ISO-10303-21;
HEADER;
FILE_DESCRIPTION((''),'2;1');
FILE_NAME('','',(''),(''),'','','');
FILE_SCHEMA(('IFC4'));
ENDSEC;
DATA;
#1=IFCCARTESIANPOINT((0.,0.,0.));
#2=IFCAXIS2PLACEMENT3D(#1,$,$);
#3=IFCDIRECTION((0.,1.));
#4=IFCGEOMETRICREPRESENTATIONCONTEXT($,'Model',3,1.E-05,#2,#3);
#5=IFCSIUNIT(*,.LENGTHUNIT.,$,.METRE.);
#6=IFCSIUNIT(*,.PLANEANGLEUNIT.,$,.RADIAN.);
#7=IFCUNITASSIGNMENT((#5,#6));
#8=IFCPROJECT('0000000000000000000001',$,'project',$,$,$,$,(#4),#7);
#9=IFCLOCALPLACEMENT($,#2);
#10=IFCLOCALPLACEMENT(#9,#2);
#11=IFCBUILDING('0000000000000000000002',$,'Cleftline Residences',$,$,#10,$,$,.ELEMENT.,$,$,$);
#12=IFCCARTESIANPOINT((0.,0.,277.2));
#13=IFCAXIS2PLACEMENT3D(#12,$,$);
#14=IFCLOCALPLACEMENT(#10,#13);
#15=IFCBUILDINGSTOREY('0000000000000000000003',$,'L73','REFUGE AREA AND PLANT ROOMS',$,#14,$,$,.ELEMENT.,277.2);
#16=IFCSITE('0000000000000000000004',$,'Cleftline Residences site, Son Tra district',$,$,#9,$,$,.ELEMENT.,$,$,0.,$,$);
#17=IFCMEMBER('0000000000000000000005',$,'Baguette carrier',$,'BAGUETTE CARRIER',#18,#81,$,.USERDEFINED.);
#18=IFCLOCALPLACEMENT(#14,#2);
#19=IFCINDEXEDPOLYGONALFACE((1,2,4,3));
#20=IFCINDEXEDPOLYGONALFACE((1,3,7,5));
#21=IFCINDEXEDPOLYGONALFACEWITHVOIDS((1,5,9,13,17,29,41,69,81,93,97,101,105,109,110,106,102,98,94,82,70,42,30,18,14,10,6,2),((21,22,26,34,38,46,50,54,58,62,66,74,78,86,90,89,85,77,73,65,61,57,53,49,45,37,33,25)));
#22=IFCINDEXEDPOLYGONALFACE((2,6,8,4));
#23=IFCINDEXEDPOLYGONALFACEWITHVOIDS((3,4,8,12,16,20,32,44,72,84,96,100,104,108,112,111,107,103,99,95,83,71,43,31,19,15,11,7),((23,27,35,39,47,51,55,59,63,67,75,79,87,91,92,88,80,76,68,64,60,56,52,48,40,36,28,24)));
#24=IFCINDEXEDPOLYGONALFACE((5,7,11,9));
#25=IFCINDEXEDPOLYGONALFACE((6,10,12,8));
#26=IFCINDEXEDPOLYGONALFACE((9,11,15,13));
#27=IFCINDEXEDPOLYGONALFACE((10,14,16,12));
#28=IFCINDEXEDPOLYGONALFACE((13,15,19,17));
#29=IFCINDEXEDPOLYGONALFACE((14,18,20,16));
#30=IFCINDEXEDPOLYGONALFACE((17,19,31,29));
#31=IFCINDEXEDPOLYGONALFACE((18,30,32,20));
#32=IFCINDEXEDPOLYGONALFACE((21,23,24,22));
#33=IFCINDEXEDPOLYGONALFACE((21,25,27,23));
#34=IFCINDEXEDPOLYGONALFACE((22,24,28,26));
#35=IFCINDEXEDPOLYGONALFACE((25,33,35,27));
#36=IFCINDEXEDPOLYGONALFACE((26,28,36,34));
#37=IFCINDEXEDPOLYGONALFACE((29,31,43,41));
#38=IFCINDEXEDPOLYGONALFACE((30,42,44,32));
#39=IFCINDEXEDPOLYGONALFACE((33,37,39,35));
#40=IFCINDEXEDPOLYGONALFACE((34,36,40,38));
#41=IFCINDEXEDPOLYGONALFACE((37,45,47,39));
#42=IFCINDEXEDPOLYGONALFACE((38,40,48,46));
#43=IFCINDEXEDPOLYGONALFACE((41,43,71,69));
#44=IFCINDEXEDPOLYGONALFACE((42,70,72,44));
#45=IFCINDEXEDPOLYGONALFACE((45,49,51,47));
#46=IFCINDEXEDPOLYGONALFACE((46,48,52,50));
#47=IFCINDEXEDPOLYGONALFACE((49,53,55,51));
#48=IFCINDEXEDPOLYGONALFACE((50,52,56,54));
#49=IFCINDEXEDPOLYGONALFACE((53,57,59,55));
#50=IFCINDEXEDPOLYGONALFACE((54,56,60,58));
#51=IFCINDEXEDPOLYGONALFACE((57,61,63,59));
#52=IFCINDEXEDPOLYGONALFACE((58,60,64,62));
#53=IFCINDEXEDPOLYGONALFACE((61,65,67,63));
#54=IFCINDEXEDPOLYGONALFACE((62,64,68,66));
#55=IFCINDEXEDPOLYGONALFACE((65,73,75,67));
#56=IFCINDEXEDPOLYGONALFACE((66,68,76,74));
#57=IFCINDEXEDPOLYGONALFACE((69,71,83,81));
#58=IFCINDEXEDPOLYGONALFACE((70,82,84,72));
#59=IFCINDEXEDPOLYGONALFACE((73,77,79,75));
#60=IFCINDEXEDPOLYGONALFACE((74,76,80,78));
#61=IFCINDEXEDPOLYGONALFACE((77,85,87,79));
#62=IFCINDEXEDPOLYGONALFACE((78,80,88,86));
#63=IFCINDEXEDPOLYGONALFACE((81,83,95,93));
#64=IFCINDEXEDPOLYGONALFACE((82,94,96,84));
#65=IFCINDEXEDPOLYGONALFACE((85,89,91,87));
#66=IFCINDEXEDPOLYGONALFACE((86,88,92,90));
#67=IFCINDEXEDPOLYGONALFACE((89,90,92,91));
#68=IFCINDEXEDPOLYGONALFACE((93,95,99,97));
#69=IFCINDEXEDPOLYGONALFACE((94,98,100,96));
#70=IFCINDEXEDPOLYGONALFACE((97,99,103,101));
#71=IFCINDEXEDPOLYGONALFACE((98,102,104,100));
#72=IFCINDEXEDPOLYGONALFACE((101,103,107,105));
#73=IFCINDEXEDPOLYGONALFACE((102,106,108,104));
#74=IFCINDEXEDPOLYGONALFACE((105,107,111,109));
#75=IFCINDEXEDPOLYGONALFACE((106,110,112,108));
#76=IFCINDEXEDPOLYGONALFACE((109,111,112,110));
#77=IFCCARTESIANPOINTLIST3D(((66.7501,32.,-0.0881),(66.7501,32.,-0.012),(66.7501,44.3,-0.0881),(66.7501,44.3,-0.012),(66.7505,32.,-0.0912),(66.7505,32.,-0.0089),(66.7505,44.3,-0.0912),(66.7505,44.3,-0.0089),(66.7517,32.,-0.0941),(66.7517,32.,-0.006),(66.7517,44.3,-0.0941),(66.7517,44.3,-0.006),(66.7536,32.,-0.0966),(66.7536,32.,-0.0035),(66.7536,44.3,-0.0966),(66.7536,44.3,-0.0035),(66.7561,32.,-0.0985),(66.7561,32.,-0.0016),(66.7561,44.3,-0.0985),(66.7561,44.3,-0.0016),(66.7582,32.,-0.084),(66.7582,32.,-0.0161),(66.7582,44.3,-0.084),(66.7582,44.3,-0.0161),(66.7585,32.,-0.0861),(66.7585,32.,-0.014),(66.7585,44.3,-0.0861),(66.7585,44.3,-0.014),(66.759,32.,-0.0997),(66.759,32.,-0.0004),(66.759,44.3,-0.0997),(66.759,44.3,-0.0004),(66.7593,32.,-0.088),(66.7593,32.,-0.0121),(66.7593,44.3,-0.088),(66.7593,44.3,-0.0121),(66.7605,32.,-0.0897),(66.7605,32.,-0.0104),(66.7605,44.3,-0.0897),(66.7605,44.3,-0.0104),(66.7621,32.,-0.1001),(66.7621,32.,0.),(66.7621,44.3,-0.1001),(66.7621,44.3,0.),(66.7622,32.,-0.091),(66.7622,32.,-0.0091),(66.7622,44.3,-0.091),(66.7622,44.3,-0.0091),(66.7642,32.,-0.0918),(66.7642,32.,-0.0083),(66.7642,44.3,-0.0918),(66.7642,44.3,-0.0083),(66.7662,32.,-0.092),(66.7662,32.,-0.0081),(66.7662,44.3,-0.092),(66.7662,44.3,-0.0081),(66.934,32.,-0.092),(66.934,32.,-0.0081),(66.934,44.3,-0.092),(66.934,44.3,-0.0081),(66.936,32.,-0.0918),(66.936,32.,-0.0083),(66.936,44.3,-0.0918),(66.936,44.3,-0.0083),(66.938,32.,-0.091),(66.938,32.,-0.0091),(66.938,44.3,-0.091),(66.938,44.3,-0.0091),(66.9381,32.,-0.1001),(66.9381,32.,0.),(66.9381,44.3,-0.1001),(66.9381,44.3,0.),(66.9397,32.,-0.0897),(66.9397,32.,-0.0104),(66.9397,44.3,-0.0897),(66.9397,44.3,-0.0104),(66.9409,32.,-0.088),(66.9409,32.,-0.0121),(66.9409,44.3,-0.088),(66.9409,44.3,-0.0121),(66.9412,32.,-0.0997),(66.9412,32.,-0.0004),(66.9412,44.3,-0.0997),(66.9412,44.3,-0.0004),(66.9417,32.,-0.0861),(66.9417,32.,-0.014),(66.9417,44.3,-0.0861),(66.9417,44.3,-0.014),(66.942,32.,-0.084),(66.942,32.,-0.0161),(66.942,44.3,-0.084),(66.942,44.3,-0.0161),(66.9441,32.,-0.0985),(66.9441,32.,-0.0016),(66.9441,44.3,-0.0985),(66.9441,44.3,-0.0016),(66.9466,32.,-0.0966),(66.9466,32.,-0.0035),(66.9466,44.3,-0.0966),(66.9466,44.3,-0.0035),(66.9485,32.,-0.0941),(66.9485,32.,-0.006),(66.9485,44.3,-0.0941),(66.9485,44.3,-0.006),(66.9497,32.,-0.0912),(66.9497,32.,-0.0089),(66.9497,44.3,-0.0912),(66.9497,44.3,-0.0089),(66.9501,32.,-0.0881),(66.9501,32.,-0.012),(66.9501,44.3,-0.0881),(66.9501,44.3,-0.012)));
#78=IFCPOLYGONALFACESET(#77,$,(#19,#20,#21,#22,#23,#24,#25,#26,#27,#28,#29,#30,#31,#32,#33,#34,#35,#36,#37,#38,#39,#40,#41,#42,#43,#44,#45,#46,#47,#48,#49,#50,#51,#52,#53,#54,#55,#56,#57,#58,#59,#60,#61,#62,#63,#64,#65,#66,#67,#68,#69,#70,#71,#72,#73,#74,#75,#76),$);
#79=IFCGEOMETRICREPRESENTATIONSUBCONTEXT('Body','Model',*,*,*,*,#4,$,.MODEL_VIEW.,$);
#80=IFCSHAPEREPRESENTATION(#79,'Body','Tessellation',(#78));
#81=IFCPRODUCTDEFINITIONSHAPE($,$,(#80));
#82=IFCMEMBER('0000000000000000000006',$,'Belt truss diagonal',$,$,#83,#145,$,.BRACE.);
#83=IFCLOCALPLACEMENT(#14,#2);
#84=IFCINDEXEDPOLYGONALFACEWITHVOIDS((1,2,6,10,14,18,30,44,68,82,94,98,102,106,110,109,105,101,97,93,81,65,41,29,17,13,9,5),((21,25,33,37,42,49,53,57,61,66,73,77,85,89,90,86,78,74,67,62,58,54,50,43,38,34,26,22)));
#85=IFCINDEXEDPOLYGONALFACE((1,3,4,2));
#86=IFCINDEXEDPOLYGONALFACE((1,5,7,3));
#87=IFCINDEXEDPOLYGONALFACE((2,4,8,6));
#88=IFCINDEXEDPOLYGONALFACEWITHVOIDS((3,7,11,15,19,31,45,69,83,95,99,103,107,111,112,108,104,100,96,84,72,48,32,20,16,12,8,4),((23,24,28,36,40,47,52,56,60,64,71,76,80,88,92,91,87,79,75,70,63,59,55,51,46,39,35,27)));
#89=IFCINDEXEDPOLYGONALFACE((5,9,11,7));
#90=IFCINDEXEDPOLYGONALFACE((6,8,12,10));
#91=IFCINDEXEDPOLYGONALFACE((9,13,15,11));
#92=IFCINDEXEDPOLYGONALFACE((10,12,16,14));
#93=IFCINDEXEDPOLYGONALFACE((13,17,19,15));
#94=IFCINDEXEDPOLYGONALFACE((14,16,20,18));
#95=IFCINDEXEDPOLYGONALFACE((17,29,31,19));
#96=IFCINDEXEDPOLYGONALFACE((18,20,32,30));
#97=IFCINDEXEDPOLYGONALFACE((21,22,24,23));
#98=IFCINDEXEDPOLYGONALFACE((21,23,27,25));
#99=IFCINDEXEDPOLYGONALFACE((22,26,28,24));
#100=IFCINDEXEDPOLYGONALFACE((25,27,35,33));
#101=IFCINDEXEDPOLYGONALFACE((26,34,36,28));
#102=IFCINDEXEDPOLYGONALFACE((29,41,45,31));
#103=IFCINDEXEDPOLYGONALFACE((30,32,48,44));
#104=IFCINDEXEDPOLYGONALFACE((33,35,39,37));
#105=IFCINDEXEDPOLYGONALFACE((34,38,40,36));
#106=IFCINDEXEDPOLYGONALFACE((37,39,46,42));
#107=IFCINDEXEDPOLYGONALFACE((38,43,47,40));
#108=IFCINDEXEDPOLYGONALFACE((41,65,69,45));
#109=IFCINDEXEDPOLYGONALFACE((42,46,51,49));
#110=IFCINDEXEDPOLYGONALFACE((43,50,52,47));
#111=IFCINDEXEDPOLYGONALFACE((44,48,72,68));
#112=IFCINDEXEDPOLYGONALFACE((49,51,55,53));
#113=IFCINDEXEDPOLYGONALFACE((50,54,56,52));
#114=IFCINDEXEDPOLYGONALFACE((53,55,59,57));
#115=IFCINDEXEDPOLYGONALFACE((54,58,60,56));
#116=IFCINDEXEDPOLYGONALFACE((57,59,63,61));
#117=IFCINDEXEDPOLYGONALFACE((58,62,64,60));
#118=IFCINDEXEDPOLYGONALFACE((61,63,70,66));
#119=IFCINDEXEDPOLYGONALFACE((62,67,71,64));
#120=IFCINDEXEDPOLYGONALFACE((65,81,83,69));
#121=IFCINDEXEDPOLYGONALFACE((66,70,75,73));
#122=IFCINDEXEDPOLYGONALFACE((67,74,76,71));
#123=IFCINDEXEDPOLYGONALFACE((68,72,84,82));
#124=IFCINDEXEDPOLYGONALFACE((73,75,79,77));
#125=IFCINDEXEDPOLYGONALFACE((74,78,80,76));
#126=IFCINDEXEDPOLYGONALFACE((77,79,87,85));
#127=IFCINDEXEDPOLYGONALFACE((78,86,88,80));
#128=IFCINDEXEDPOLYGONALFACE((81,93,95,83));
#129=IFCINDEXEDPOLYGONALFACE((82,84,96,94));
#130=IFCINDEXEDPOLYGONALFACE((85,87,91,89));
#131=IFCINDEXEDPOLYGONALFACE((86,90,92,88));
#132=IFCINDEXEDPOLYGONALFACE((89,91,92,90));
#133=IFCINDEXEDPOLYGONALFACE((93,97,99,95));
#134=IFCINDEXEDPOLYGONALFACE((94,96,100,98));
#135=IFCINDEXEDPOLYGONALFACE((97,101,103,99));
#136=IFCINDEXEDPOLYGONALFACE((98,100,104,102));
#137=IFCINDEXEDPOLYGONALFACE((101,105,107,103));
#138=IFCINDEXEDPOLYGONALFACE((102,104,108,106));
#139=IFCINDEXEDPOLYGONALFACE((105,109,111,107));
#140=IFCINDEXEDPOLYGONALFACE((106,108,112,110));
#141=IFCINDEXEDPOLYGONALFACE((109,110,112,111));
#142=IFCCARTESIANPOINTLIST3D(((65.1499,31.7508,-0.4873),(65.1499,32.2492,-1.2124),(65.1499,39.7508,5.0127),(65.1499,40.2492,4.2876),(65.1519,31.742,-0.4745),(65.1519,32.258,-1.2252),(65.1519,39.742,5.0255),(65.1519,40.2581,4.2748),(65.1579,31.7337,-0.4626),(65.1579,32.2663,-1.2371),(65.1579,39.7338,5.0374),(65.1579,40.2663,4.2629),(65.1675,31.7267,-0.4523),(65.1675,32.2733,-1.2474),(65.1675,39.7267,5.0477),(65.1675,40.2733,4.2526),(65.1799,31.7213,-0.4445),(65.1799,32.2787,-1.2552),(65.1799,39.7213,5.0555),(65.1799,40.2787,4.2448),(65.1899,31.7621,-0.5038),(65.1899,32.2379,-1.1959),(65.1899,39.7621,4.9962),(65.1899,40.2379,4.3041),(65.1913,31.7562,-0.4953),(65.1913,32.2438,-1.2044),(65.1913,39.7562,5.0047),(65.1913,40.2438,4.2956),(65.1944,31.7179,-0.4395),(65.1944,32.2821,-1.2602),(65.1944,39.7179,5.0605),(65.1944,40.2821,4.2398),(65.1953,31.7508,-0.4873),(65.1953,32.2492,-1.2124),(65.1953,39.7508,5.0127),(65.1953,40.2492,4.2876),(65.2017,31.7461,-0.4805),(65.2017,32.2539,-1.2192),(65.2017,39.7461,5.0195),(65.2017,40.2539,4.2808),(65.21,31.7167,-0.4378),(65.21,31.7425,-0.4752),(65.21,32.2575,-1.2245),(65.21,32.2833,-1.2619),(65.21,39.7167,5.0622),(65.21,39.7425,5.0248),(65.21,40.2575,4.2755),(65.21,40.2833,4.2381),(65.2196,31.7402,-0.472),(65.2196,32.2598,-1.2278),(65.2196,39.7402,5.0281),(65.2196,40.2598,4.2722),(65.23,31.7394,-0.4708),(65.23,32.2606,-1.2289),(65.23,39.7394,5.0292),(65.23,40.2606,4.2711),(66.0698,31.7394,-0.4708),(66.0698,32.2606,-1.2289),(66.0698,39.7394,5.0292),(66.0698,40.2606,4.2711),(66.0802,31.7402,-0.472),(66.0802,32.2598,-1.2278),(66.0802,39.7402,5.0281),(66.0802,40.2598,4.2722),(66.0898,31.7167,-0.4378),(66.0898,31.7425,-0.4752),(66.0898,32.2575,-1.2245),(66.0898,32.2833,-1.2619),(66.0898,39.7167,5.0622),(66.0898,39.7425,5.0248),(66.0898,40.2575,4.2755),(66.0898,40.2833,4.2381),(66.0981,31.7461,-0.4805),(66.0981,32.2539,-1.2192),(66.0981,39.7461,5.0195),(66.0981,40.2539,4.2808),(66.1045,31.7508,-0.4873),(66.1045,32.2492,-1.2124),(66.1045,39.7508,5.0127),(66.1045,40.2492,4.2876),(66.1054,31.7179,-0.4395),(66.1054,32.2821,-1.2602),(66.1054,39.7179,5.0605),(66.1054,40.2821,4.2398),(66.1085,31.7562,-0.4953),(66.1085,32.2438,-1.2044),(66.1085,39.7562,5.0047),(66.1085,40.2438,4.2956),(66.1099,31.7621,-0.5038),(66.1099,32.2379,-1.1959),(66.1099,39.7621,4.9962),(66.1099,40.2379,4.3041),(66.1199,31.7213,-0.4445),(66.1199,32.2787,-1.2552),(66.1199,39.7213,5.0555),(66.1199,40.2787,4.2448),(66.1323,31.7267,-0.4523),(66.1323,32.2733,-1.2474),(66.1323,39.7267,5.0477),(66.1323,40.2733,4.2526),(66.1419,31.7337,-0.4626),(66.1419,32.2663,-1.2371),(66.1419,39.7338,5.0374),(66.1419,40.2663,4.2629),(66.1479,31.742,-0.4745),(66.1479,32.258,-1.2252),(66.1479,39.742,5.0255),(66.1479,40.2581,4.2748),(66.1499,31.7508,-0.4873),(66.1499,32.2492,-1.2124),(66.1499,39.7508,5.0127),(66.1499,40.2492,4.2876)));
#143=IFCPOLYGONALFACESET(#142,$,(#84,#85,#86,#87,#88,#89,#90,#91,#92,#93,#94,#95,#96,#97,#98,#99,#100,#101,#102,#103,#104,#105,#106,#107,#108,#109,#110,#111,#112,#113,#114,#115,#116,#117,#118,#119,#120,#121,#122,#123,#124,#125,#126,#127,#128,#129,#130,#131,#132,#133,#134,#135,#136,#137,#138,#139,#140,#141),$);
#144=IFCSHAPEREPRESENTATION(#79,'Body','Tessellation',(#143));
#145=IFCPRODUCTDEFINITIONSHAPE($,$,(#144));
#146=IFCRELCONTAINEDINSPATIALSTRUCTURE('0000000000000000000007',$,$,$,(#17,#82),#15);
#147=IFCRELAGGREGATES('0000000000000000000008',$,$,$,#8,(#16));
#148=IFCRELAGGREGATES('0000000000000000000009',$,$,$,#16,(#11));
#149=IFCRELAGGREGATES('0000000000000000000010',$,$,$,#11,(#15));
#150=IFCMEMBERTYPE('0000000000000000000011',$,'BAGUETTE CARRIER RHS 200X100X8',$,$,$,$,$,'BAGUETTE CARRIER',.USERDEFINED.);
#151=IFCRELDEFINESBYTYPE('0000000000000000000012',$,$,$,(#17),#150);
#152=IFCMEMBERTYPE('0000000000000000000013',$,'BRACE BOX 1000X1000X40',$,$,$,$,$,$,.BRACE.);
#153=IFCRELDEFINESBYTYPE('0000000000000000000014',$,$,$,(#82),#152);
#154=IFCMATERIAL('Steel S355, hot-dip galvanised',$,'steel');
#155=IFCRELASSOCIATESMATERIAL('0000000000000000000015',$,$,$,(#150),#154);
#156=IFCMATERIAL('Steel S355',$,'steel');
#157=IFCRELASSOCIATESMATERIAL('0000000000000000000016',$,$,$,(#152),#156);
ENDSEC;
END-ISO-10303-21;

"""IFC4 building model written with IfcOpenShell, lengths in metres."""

from ifc_helpers import new_model, si_unit, direction, frame, origin, origin_2d, place, context, subcontext, project, spatial, hollow_rectangle, extrude, material, material_profile, profile_set, type_object, element, save


model = new_model("IFC4")

# Units and contexts
model_context = context("Model", 3, precision=1e-05, world=origin(), true_north=direction((0.0, 1.0)))
body_context = subcontext(model_context, "Body", "Model", "MODEL_VIEW")
ifc_project = project(units=[si_unit("LENGTHUNIT", "METRE"), si_unit("PLANEANGLEUNIT", "RADIAN")], contexts=[model_context])

# Site, building, storey
site_placement = place(None, origin())
site = spatial("IfcSite", under=ifc_project, at=site_placement, Name="Cleftline Residences site, Son Tra district", CompositionType="ELEMENT", RefElevation=0.0)
building_placement = place(site_placement, origin())
building = spatial("IfcBuilding", under=site, at=building_placement, Name="Cleftline Residences", CompositionType="ELEMENT")
storey_placement = place(building_placement, frame((0.0, 0.0, 277.2)))
storey = spatial("IfcBuildingStorey", under=building, at=storey_placement, Name="L73", Description="REFUGE AREA AND PLANT ROOMS", CompositionType="ELEMENT", Elevation=277.2)

# Members
ifc_material_1 = material(Name="Steel S355, hot-dip galvanised", Category="steel")
ifc_material_profile_1 = material_profile(ifc_material_1, hollow_rectangle(XDim=0.1001, YDim=0.2, WallThickness=0.0081, InnerFilletRadius=0.0081, OuterFilletRadius=0.012, at=origin_2d()))
ifc_profile_set_1 = profile_set([ifc_material_profile_1], Name="Steel S355, hot-dip galvanised")
member_type_1 = type_object("IfcMemberType", Name="BAGUETTE CARRIER RHS 200X100X8", ElementType="BAGUETTE CARRIER", PredefinedType="USERDEFINED", material=ifc_profile_set_1)
member_1_placement = place(storey_placement, frame((66.8501, 32.0, -0.05), z_axis=(0.0, 1.0, 0.0), x_axis=(0.0, 0.0, 1.0)))
element("IfcMember", 1, at=member_1_placement, inside=storey, type_object=member_type_1, Name="Baguette carrier", ObjectType="BAGUETTE CARRIER", PredefinedType="USERDEFINED", context=body_context, shape_type="SweptSolid", body=[
    extrude(hollow_rectangle(XDim=0.1001, YDim=0.2, WallThickness=0.0081, InnerFilletRadius=0.0081, OuterFilletRadius=0.012, at=origin_2d()), origin(), (0.0, 0.0, 1.0), 12.3),
])
ifc_material_2 = material(Name="Steel S355", Category="steel")
ifc_material_profile_2 = material_profile(ifc_material_2, hollow_rectangle(XDim=1.0, YDim=1.0, WallThickness=0.04, InnerFilletRadius=0.04, OuterFilletRadius=0.0601, at=origin_2d()))
ifc_profile_set_2 = profile_set([ifc_material_profile_2], Name="Steel S355")
member_type_2 = type_object("IfcMemberType", Name="BRACE BOX 1000X1000X40", PredefinedType="BRACE", material=ifc_profile_set_2)
member_2_placement = place(storey_placement, frame((65.6499, 32.0, -0.8499), z_axis=(0.0, 0.824042, 0.566529), x_axis=(0.0, -0.566529, 0.824042)))
element("IfcMember", 2, at=member_2_placement, inside=storey, type_object=member_type_2, Name="Belt truss diagonal", PredefinedType="BRACE", context=body_context, shape_type="SweptSolid", body=[
    extrude(hollow_rectangle(XDim=1.0, YDim=1.0, WallThickness=0.04, InnerFilletRadius=0.04, OuterFilletRadius=0.0601, at=origin_2d()), origin(), (0.0, 0.0, 1.0), 9.7083),
])

save(model, "model.ifc")
